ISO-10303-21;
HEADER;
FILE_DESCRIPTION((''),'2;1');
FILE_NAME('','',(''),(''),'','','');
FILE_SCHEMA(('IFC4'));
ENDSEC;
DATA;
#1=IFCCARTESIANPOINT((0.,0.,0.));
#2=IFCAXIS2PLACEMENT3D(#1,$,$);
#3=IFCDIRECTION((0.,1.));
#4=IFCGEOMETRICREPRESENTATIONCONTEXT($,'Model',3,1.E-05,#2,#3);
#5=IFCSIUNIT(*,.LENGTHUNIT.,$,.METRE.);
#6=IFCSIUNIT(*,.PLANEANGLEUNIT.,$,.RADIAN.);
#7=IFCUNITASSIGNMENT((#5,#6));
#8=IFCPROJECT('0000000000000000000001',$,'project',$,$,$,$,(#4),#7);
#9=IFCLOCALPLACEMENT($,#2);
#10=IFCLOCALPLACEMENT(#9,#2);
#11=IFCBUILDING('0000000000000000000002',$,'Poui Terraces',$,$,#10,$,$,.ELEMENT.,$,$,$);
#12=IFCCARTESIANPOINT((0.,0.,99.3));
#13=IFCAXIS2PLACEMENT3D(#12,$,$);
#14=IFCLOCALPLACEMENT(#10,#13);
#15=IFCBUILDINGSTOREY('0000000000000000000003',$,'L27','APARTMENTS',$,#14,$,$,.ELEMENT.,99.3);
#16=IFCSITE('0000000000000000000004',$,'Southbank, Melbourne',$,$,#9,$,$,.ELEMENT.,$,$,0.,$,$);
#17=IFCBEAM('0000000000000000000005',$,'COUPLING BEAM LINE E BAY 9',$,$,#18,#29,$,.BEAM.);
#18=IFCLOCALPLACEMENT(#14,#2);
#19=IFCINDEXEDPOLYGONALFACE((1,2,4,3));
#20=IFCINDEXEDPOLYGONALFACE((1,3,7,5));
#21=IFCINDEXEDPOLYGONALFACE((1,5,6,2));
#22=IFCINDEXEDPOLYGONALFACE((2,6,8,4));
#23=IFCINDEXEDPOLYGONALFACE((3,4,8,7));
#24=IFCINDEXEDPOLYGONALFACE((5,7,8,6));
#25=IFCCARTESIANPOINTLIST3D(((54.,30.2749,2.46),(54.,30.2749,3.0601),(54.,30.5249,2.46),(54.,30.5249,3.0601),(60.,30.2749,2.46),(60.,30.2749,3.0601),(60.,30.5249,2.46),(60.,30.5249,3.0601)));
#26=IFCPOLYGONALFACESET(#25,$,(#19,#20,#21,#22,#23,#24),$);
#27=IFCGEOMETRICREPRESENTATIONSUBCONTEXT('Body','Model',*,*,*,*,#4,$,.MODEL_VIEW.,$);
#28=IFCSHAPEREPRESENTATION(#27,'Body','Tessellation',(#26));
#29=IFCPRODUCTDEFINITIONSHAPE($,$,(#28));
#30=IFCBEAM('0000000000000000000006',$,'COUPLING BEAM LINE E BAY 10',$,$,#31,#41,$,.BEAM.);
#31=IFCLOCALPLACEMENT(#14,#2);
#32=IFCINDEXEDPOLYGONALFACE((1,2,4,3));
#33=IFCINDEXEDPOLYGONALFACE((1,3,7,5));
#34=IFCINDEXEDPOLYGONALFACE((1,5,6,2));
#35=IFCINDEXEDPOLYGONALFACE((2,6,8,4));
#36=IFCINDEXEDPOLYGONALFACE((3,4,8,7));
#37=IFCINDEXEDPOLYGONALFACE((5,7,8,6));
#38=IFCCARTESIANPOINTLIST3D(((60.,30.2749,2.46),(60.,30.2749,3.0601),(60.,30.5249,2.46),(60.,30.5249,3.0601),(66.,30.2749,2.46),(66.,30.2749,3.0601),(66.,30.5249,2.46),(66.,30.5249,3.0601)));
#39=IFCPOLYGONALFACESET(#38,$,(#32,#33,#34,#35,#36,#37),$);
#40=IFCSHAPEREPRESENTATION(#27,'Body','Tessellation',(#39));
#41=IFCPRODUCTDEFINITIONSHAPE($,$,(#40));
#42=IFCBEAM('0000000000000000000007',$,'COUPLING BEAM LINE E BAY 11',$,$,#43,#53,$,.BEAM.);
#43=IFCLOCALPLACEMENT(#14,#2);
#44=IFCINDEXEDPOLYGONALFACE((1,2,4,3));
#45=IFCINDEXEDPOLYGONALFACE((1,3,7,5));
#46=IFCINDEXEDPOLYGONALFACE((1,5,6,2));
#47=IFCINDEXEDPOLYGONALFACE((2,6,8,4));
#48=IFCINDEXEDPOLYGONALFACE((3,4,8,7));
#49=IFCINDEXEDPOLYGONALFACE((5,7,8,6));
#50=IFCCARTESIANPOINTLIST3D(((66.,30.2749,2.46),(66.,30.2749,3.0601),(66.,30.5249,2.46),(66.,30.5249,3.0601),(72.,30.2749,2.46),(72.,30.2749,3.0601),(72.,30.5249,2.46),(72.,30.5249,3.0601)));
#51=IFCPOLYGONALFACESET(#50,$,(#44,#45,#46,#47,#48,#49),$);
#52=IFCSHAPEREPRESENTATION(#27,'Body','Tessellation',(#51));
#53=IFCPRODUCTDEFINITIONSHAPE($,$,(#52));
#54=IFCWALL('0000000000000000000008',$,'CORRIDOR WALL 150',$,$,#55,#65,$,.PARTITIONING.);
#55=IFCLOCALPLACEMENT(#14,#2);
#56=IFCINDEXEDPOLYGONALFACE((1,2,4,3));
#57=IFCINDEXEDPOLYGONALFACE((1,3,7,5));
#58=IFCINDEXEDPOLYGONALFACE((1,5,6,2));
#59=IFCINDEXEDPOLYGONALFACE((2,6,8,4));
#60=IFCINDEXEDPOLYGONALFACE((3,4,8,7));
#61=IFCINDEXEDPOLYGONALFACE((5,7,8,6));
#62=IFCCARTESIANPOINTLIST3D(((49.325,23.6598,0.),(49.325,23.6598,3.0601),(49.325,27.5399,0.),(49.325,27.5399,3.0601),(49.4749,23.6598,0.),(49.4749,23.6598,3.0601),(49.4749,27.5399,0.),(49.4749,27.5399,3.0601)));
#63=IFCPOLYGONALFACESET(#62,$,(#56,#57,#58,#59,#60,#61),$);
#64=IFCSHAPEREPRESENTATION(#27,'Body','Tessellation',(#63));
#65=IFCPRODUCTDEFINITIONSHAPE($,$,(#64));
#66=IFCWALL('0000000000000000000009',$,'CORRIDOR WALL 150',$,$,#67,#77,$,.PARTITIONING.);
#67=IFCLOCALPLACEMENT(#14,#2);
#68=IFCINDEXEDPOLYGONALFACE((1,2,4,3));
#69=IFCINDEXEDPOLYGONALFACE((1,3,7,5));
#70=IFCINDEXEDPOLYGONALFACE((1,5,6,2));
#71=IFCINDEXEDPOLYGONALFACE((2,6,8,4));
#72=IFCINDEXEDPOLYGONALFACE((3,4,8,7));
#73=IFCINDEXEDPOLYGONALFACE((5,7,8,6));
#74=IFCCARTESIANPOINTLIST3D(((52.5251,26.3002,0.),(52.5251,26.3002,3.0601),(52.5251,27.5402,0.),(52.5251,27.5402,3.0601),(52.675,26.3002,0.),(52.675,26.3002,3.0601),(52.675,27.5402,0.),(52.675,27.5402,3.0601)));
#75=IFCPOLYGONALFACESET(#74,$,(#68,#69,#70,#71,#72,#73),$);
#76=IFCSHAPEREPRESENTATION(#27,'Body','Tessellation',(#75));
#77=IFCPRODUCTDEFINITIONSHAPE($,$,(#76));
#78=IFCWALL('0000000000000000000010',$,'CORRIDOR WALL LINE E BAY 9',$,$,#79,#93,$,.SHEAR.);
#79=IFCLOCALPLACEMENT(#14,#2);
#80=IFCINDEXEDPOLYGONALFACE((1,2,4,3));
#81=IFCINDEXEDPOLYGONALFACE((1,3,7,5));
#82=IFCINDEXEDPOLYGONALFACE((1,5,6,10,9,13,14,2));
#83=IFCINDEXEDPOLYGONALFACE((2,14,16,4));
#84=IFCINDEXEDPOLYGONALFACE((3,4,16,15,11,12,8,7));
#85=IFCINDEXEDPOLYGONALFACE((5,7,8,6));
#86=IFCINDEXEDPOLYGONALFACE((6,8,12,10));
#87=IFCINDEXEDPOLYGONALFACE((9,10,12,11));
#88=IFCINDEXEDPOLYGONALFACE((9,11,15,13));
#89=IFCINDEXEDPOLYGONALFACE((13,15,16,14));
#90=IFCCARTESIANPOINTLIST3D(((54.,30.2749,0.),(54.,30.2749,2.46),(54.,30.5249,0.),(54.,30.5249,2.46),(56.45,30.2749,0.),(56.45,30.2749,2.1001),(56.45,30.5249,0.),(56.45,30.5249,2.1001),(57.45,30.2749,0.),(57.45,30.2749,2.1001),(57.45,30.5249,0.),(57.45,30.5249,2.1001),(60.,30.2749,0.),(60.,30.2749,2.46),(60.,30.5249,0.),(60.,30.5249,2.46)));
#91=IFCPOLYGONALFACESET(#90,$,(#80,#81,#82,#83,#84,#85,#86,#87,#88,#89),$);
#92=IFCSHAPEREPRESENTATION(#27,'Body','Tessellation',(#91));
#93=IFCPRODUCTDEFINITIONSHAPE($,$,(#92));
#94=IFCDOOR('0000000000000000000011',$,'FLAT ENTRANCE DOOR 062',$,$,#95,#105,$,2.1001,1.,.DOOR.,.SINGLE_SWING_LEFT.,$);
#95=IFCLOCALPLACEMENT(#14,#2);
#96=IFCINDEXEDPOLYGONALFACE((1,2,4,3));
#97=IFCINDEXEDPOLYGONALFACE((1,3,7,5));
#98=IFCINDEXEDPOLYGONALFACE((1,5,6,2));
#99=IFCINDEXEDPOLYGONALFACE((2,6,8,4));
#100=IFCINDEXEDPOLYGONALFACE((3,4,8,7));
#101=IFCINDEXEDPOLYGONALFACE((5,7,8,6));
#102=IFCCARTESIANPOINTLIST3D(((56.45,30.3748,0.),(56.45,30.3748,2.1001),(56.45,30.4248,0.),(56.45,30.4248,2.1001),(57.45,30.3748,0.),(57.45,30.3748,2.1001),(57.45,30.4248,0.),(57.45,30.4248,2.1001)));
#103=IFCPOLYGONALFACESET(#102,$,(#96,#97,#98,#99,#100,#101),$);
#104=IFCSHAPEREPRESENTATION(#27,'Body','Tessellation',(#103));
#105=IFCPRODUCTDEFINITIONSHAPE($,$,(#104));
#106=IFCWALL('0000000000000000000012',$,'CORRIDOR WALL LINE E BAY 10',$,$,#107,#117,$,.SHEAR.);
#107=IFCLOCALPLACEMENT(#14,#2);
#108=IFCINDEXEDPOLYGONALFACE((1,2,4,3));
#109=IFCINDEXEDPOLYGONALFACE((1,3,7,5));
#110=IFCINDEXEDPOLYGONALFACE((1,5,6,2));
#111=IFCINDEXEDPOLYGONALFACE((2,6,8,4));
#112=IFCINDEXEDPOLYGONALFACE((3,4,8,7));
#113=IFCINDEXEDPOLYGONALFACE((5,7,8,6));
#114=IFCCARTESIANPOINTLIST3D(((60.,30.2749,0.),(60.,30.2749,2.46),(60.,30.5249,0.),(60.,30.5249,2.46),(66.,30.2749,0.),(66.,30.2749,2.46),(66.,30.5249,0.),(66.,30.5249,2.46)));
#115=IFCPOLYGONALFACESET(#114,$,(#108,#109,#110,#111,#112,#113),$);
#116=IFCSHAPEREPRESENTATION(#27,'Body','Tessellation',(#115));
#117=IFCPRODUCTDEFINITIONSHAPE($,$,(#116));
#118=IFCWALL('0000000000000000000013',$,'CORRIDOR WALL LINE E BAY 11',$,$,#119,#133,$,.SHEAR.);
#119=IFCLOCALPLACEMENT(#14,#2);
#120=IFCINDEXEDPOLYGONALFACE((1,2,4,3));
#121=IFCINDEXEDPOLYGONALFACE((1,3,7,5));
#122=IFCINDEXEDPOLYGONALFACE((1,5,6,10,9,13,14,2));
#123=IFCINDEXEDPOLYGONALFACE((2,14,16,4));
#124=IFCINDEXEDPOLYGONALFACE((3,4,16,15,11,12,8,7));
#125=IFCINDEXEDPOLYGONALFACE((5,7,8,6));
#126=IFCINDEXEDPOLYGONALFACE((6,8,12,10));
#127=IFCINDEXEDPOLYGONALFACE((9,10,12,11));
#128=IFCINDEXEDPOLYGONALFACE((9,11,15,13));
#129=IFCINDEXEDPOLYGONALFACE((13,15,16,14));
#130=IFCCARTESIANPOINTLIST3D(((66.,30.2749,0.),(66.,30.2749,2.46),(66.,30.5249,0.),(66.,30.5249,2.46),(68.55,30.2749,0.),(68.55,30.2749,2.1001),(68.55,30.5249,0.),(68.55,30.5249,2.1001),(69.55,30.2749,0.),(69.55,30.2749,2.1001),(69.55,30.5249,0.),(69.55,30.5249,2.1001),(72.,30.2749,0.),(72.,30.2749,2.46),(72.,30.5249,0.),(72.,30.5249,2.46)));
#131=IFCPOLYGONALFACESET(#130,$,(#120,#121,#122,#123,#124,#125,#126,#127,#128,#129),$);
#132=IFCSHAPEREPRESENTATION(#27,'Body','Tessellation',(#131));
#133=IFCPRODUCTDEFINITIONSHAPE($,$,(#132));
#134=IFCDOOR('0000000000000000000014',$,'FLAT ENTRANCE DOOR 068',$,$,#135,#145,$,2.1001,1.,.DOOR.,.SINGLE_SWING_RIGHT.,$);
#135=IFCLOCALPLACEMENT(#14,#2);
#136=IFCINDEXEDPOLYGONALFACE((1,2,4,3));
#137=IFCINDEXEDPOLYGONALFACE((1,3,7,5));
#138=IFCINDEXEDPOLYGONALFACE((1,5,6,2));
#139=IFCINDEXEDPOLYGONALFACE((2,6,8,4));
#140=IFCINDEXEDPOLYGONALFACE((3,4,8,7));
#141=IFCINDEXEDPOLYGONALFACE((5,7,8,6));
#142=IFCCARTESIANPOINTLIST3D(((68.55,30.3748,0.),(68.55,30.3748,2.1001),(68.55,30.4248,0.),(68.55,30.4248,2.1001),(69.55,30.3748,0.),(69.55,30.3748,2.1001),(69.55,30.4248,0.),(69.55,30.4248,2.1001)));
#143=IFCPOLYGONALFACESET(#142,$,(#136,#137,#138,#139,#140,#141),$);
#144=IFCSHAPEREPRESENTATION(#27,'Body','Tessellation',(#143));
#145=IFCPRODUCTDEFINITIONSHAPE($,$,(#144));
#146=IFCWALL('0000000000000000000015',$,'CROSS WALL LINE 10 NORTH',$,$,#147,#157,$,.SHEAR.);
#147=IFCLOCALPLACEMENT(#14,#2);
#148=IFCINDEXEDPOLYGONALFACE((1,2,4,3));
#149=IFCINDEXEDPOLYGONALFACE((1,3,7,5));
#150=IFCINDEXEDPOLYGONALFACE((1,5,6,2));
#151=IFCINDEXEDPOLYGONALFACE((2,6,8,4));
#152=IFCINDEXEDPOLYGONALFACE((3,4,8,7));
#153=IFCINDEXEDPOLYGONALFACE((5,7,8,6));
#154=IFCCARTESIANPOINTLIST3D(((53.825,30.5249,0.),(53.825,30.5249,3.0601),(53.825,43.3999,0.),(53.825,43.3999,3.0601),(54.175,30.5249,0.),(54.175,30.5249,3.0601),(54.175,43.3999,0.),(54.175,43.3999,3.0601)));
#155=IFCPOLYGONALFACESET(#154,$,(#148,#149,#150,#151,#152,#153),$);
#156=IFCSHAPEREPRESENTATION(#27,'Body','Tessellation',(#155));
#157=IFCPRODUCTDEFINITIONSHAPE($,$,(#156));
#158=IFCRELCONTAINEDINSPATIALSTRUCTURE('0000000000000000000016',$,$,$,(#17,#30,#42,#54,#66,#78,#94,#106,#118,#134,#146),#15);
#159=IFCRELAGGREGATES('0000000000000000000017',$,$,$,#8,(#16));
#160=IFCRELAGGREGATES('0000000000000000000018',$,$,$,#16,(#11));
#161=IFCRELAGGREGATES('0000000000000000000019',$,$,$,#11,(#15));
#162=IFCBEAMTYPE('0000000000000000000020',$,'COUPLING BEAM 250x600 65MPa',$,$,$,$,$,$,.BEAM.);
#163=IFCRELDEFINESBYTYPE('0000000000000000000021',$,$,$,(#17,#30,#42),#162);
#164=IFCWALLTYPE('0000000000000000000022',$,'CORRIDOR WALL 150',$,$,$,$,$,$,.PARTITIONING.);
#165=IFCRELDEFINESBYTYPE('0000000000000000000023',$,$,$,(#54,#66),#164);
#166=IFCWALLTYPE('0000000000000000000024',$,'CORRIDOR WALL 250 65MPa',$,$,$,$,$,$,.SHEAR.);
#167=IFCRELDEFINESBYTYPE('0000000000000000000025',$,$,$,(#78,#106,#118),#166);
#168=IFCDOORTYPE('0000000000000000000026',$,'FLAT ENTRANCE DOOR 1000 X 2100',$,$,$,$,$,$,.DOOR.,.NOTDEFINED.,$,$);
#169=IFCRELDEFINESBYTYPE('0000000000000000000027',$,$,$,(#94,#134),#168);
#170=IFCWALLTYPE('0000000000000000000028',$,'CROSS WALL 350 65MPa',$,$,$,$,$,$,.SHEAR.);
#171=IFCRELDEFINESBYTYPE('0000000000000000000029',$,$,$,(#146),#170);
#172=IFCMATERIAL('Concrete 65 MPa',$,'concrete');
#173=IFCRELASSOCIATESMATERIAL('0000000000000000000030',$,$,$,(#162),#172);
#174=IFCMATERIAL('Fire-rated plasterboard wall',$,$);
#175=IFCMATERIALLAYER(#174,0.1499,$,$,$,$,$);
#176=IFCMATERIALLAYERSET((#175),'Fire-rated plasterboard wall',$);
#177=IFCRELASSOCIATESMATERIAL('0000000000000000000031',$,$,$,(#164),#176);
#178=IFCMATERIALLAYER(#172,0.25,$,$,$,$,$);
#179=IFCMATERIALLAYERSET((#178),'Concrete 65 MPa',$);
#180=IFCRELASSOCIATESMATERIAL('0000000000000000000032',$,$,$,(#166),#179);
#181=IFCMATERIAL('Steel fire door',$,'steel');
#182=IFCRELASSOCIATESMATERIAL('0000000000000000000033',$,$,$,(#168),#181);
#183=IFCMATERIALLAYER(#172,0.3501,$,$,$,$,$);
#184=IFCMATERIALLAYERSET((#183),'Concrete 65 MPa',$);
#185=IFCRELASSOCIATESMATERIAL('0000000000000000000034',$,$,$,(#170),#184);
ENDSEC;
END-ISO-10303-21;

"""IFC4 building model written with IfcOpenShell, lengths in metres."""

from ifc_helpers import new_model, si_unit, direction, frame, frame_2d, origin, origin_2d, place, context, subcontext, project, spatial, rectangle, extrude, source, transform, mapped, material, layer, layer_set, material_profile, profile_set, type_object, element, fill, save


model = new_model("IFC4")

# Units and contexts
model_context = context("Model", 3, precision=1e-05, world=origin(), true_north=direction((0.0, 1.0)))
body_context = subcontext(model_context, "Body", "Model", "MODEL_VIEW")
ifc_project = project(units=[si_unit("LENGTHUNIT", "METRE"), si_unit("PLANEANGLEUNIT", "RADIAN")], contexts=[model_context])

# Site, building, storey
site_placement = place(None, origin())
site = spatial("IfcSite", under=ifc_project, at=site_placement, Name="Southbank, Melbourne", CompositionType="ELEMENT", RefElevation=0.0)
building_placement = place(site_placement, origin())
building = spatial("IfcBuilding", under=site, at=building_placement, Name="Poui Terraces", CompositionType="ELEMENT")
storey_placement = place(building_placement, frame((0.0, 0.0, 99.3)))
storey = spatial("IfcBuildingStorey", under=building, at=storey_placement, Name="L27", Description="APARTMENTS", CompositionType="ELEMENT", Elevation=99.3)

# Beams
ifc_material_1 = material(Name="Concrete 65 MPa", Category="concrete")
ifc_material_profile = material_profile(ifc_material_1, rectangle(XDim=0.25, YDim=0.6001, at=origin_2d()), Name="RC 250x600")
ifc_profile_set = profile_set([ifc_material_profile], Name="Concrete 65 MPa")
beam_type = type_object("IfcBeamType", Name="COUPLING BEAM 250x600 65MPa", PredefinedType="BEAM", material=ifc_profile_set)
shared_shape = source(origin(), body_context, "Body", "SweptSolid", [
    extrude(rectangle(XDim=0.25, YDim=0.6001, at=origin_2d()), origin(), (0.0, 0.0, 1.0), 6.0),
])
for number, where, z_axis, x_axis, name in (
    (1, (54.0, 30.3999, 2.76), (1.0, 0.0, 0.0), (0.0, 1.0, 0.0), "COUPLING BEAM LINE E BAY 9"),
    (2, (60.0, 30.3999, 2.76), (1.0, 0.0, 0.0), (0.0, 1.0, 0.0), "COUPLING BEAM LINE E BAY 10"),
    (3, (66.0, 30.3999, 2.76), (1.0, 0.0, 0.0), (0.0, 1.0, 0.0), "COUPLING BEAM LINE E BAY 11"),
):
    element("IfcBeam", number, at=place(storey_placement, frame(where, z_axis=z_axis, x_axis=x_axis)), inside=storey, type_object=beam_type, Name=name, PredefinedType="BEAM", context=body_context, shape_type="MappedRepresentation", body=[
        mapped(shared_shape, transform((0.0, 0.0, 0.0))),
    ])

# Walls
ifc_material_2 = material(Name="Fire-rated plasterboard wall")
ifc_layer_1 = layer(ifc_material_2, 0.1499)
ifc_layer_set_1 = layer_set([ifc_layer_1], Name="Fire-rated plasterboard wall")
wall_type_1 = type_object("IfcWallType", Name="CORRIDOR WALL 150", PredefinedType="PARTITIONING", material=ifc_layer_set_1)
wall_1_placement = place(storey_placement, frame((49.3999, 23.6599, 0.0), z_axis=(0.0, 0.0, 1.0), x_axis=(0.0, 1.0, 0.0)))
element("IfcWall", 4, at=wall_1_placement, inside=storey, type_object=wall_type_1, Name="CORRIDOR WALL 150", PredefinedType="PARTITIONING", context=body_context, shape_type="SweptSolid", body=[
    extrude(rectangle(XDim=3.8801, YDim=0.1499, at=frame_2d((1.9399, 0.0))), origin(), (0.0, 0.0, 1.0), 3.0601),
])
wall_2_placement = place(storey_placement, frame((52.6001, 26.3, 0.0), z_axis=(0.0, 0.0, 1.0), x_axis=(0.0, 1.0, 0.0)))
element("IfcWall", 5, at=wall_2_placement, inside=storey, type_object=wall_type_1, Name="CORRIDOR WALL 150", PredefinedType="PARTITIONING", context=body_context, shape_type="SweptSolid", body=[
    extrude(rectangle(XDim=1.24, YDim=0.1499, at=frame_2d((0.6201, 0.0))), origin(), (0.0, 0.0, 1.0), 3.0601),
])

# Wall, opening, door
ifc_layer_2 = layer(ifc_material_1, 0.25)
ifc_layer_set_2 = layer_set([ifc_layer_2], Name="Concrete 65 MPa")
wall_type_2 = type_object("IfcWallType", Name="CORRIDOR WALL 250 65MPa", PredefinedType="SHEAR", material=ifc_layer_set_2)
wall_3_placement = place(storey_placement, frame((54.0, 30.3999, 0.0), z_axis=(0.0, 0.0, 1.0), x_axis=(1.0, 0.0, 0.0)))
wall_3 = element("IfcWall", 6, at=wall_3_placement, inside=storey, type_object=wall_type_2, Name="CORRIDOR WALL LINE E BAY 9", PredefinedType="SHEAR", context=body_context, shape_type="SweptSolid", body=[
    extrude(rectangle(XDim=6.0, YDim=0.25, at=frame_2d((3.0, 0.0))), origin(), (0.0, 0.0, 1.0), 2.46),
])
opening_1_placement = place(wall_3_placement, frame((2.45, 0.0, 0.0)))
opening_1 = element("IfcOpeningElement", 7, at=opening_1_placement, cuts=wall_3, PredefinedType="OPENING", context=body_context, shape_type="SweptSolid", body=[
    extrude(rectangle(XDim=1.0, YDim=2.1001, at=frame_2d((0.5, 1.05))), frame((0.0, 0.135, 0.0), z_axis=(0.0, -1.0, 0.0), x_axis=(1.0, 0.0, 0.0)), (0.0, 0.0, 1.0), 0.27),
])
ifc_material_3 = material(Name="Steel fire door", Category="steel")
door_type_1 = type_object("IfcDoorType", Name="FLAT ENTRANCE DOOR 1000 X 2100", OperationType="NOTDEFINED", PredefinedType="DOOR", material=ifc_material_3)
door_1_placement = place(opening_1_placement, origin())
door_1 = element("IfcDoor", 8, at=door_1_placement, inside=storey, type_object=door_type_1, Name="FLAT ENTRANCE DOOR 062", OperationType="SINGLE_SWING_LEFT", OverallHeight=2.1001, OverallWidth=1.0, PredefinedType="DOOR", context=body_context, shape_type="SweptSolid", body=[
    extrude(rectangle(XDim=1.0, YDim=2.1001, at=frame_2d((0.5, 1.05))), frame((0.0, 0.0249, 0.0), z_axis=(0.0, -1.0, 0.0), x_axis=(1.0, 0.0, 0.0)), (0.0, 0.0, 1.0), 0.05),
])
fill(opening_1, door_1)

# Wall
wall_4_placement = place(storey_placement, frame((60.0, 30.3999, 0.0), z_axis=(0.0, 0.0, 1.0), x_axis=(1.0, 0.0, 0.0)))
element("IfcWall", 9, at=wall_4_placement, inside=storey, type_object=wall_type_2, Name="CORRIDOR WALL LINE E BAY 10", PredefinedType="SHEAR", context=body_context, shape_type="SweptSolid", body=[
    extrude(rectangle(XDim=6.0, YDim=0.25, at=frame_2d((3.0, 0.0))), origin(), (0.0, 0.0, 1.0), 2.46),
])

# Wall, opening, door
wall_5_placement = place(storey_placement, frame((66.0, 30.3999, 0.0), z_axis=(0.0, 0.0, 1.0), x_axis=(1.0, 0.0, 0.0)))
wall_5 = element("IfcWall", 10, at=wall_5_placement, inside=storey, type_object=wall_type_2, Name="CORRIDOR WALL LINE E BAY 11", PredefinedType="SHEAR", context=body_context, shape_type="SweptSolid", body=[
    extrude(rectangle(XDim=6.0, YDim=0.25, at=frame_2d((3.0, 0.0))), origin(), (0.0, 0.0, 1.0), 2.46),
])
opening_2_placement = place(wall_5_placement, frame((2.55, 0.0, 0.0)))
opening_2 = element("IfcOpeningElement", 11, at=opening_2_placement, cuts=wall_5, PredefinedType="OPENING", context=body_context, shape_type="SweptSolid", body=[
    extrude(rectangle(XDim=1.0, YDim=2.1001, at=frame_2d((0.5, 1.05))), frame((0.0, 0.135, 0.0), z_axis=(0.0, -1.0, 0.0), x_axis=(1.0, 0.0, 0.0)), (0.0, 0.0, 1.0), 0.27),
])
door_2_placement = place(opening_2_placement, origin())
door_2 = element("IfcDoor", 12, at=door_2_placement, inside=storey, type_object=door_type_1, Name="FLAT ENTRANCE DOOR 068", OperationType="SINGLE_SWING_RIGHT", OverallHeight=2.1001, OverallWidth=1.0, PredefinedType="DOOR", context=body_context, shape_type="SweptSolid", body=[
    extrude(rectangle(XDim=1.0, YDim=2.1001, at=frame_2d((0.5, 1.05))), frame((0.0, 0.0249, 0.0), z_axis=(0.0, -1.0, 0.0), x_axis=(1.0, 0.0, 0.0)), (0.0, 0.0, 1.0), 0.05),
])
fill(opening_2, door_2)

# Wall
ifc_layer_3 = layer(ifc_material_1, 0.3501)
ifc_layer_set_3 = layer_set([ifc_layer_3], Name="Concrete 65 MPa")
wall_type_3 = type_object("IfcWallType", Name="CROSS WALL 350 65MPa", PredefinedType="SHEAR", material=ifc_layer_set_3)
wall_6_placement = place(storey_placement, frame((54.0, 30.5249, 0.0), z_axis=(0.0, 0.0, 1.0), x_axis=(0.0, 1.0, 0.0)))
element("IfcWall", 13, at=wall_6_placement, inside=storey, type_object=wall_type_3, Name="CROSS WALL LINE 10 NORTH", PredefinedType="SHEAR", context=body_context, shape_type="SweptSolid", body=[
    extrude(rectangle(XDim=12.875, YDim=0.3501, at=frame_2d((6.4375, 0.0))), origin(), (0.0, 0.0, 1.0), 3.0601),
])

save(model, "model.ifc")
